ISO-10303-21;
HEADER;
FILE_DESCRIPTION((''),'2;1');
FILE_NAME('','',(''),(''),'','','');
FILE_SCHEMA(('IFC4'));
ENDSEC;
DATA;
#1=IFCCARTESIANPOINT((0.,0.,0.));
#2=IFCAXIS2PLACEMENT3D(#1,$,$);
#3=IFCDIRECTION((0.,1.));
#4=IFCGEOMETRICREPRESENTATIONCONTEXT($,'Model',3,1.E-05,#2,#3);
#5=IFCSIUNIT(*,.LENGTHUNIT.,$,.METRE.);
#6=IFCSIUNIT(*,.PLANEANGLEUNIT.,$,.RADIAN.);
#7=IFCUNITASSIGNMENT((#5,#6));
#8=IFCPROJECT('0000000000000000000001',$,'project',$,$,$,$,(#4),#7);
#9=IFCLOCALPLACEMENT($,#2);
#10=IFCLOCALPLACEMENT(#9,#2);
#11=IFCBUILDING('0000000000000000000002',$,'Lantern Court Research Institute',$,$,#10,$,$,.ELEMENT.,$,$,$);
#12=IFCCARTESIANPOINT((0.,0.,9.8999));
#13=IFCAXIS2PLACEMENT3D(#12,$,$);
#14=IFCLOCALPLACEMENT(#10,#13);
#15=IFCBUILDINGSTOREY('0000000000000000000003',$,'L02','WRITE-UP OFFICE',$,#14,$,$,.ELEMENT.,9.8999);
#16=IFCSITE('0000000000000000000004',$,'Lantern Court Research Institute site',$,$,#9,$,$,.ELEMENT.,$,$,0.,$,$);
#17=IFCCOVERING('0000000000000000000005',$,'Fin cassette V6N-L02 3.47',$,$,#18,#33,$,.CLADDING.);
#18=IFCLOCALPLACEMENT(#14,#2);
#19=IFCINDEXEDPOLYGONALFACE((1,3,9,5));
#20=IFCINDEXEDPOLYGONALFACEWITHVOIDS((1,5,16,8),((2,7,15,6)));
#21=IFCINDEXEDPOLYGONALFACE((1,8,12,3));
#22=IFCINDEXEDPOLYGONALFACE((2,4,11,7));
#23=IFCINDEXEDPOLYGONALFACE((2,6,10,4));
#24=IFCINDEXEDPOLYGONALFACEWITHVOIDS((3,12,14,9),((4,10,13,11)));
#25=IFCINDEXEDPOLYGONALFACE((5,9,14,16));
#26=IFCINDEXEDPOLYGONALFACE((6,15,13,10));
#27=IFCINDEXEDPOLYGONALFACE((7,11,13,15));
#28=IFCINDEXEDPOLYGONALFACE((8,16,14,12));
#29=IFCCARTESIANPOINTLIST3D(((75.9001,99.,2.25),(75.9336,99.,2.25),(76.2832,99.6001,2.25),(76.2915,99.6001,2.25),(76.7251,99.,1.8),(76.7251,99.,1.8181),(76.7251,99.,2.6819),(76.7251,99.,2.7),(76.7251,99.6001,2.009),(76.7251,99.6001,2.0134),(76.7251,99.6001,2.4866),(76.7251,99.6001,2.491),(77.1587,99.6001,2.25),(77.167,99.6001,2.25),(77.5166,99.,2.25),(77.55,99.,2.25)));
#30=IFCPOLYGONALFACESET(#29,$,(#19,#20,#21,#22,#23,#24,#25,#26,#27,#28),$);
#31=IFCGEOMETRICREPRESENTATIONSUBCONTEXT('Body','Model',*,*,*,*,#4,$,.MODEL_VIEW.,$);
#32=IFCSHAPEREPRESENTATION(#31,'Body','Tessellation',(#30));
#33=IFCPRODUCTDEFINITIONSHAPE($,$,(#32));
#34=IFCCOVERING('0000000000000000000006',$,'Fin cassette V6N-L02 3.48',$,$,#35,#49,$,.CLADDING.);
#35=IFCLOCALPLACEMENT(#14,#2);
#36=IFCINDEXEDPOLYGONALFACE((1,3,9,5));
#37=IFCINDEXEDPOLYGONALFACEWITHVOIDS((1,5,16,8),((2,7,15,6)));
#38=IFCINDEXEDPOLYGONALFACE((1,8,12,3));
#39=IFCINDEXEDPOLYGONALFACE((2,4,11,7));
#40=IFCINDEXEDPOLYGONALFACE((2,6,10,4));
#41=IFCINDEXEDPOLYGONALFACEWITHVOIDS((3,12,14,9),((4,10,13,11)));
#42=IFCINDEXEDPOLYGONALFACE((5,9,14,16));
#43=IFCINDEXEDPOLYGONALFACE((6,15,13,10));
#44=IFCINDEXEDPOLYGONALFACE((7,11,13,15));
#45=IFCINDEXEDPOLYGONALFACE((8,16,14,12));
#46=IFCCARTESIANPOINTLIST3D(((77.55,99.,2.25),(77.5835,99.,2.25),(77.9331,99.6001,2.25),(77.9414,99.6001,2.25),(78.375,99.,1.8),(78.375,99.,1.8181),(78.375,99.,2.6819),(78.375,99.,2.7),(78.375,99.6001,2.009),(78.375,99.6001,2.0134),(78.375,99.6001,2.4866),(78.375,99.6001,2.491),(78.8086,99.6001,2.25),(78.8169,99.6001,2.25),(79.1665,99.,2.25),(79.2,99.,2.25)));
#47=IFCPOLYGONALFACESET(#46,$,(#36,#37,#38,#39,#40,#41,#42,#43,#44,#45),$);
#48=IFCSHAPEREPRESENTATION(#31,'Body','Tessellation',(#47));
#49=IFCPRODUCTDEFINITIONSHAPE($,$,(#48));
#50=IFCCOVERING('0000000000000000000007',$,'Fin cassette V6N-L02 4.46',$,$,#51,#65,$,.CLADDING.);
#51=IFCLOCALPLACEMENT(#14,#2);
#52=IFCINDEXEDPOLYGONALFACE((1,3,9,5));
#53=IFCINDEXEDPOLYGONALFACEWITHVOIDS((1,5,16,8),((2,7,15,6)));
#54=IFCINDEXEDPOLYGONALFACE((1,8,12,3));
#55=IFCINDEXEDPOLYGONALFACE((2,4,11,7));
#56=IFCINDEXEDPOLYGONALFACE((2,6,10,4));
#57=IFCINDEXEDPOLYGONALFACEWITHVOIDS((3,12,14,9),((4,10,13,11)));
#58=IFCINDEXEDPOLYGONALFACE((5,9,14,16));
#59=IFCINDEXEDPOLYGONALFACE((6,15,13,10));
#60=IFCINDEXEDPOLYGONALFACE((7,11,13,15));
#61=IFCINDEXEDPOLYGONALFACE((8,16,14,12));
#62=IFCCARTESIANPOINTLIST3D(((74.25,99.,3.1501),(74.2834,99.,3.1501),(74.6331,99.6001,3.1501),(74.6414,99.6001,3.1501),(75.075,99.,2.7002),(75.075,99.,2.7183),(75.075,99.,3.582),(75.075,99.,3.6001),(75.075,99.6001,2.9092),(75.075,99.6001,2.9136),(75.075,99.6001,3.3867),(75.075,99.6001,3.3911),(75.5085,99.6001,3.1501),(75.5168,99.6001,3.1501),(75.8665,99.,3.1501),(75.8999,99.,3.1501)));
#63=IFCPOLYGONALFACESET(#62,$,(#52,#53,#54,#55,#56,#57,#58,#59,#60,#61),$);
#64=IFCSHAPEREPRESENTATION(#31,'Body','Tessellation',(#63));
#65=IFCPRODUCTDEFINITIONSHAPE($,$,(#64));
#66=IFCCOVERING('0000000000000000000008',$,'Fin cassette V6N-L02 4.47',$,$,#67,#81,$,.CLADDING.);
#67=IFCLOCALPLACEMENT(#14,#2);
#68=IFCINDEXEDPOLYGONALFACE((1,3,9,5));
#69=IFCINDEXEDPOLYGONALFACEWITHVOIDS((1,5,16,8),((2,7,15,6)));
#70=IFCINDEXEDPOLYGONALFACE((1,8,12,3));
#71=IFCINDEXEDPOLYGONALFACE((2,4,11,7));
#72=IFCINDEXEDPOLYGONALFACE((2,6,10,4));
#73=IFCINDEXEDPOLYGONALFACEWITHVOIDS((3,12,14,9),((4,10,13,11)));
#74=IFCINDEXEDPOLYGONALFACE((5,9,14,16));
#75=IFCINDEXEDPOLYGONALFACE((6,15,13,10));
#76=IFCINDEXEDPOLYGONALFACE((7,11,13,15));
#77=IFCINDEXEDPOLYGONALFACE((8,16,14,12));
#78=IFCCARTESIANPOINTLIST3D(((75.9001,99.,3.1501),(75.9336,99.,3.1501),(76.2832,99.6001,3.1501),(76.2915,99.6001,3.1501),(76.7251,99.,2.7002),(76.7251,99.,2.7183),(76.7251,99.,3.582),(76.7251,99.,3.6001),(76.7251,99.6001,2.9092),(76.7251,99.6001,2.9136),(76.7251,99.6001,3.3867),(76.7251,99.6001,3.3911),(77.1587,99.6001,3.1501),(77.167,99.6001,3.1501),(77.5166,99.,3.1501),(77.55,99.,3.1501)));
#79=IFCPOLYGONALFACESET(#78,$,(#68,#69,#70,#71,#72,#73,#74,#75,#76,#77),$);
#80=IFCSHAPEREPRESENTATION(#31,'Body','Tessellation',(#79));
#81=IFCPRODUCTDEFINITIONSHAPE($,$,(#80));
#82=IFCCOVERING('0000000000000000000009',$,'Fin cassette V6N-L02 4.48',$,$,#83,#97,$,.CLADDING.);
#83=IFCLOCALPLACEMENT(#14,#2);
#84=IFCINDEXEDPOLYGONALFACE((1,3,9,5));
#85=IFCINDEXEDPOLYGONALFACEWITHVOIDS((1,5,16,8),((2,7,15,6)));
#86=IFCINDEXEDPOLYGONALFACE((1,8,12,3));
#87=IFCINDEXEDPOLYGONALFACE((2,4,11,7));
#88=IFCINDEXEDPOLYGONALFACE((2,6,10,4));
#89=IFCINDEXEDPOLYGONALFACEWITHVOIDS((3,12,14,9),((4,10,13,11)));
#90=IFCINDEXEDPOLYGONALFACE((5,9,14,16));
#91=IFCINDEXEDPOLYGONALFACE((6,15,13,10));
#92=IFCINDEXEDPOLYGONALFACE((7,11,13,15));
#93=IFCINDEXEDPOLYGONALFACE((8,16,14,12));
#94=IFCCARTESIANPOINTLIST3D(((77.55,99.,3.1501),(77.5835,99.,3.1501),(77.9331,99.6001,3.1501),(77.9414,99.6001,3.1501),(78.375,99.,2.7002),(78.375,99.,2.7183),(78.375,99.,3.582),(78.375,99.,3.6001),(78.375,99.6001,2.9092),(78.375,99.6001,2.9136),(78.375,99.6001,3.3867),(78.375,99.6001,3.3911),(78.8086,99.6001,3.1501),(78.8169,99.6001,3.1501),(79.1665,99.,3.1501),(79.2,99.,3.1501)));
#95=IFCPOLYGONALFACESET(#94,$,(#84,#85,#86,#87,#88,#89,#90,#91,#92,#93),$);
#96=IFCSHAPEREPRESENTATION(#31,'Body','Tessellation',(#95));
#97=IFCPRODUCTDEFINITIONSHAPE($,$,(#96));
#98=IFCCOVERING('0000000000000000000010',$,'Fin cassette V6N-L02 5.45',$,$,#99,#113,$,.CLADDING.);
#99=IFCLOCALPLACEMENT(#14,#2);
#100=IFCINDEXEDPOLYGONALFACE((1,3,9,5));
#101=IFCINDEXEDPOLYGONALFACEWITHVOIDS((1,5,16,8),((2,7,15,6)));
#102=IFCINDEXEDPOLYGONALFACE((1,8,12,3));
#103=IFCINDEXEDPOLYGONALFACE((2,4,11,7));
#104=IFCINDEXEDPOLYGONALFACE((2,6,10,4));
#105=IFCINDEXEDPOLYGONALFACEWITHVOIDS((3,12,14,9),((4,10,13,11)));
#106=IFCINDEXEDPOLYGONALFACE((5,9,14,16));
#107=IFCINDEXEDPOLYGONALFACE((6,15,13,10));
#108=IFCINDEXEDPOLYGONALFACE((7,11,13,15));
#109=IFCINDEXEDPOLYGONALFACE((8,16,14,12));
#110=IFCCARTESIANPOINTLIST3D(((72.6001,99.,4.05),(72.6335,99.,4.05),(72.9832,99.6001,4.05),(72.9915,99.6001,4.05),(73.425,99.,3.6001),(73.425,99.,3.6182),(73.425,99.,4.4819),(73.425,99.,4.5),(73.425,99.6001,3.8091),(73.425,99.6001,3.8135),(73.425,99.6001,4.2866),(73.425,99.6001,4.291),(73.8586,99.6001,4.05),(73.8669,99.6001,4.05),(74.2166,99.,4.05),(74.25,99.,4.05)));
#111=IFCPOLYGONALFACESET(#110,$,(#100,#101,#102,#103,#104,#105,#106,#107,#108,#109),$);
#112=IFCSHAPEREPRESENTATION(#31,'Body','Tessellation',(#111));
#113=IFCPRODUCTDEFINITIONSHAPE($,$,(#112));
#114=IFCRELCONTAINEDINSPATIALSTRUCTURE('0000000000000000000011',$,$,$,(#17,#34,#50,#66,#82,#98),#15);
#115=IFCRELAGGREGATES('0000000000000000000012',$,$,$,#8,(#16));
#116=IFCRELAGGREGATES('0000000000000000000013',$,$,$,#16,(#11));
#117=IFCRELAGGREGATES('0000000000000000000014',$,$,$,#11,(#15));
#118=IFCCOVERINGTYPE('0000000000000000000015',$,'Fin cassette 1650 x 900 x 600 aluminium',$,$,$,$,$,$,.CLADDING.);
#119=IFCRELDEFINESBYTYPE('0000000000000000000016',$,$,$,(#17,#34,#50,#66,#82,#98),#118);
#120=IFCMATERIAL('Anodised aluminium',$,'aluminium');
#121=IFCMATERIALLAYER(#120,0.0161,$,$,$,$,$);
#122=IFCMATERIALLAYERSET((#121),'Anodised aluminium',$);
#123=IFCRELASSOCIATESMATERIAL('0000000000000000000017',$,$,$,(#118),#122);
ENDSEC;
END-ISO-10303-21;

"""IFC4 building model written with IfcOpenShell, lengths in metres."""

from ifc_helpers import new_model, entity, si_unit, direction, frame, origin, place, context, subcontext, project, spatial, material, layer, layer_set, type_object, element, save


model = new_model("IFC4")

# Units and contexts
model_context = context("Model", 3, precision=1e-05, world=origin(), true_north=direction((0.0, 1.0)))
body_context = subcontext(model_context, "Body", "Model", "MODEL_VIEW")
ifc_project = project(units=[si_unit("LENGTHUNIT", "METRE"), si_unit("PLANEANGLEUNIT", "RADIAN")], contexts=[model_context])

# Site, building, storey
site_placement = place(None, origin())
site = spatial("IfcSite", under=ifc_project, at=site_placement, Name="Lantern Court Research Institute site", CompositionType="ELEMENT", RefElevation=0.0)
building_placement = place(site_placement, origin())
building = spatial("IfcBuilding", under=site, at=building_placement, Name="Lantern Court Research Institute", CompositionType="ELEMENT")
storey_placement = place(building_placement, frame((0.0, 0.0, 9.8999)))
storey = spatial("IfcBuildingStorey", under=building, at=storey_placement, Name="L02", Description="WRITE-UP OFFICE", CompositionType="ELEMENT", Elevation=9.8999)

# Coverings
ifc_material_1 = material(Name="Anodised aluminium", Category="aluminium")
ifc_layer = layer(ifc_material_1, 0.0161)
ifc_layer_set = layer_set([ifc_layer], Name="Anodised aluminium")
covering_type = type_object("IfcCoveringType", Name="Fin cassette 1650 x 900 x 600 aluminium", PredefinedType="CLADDING", material=ifc_layer_set)
covering_1_placement = place(storey_placement, frame((76.7251, 99.0, 2.25), z_axis=(0.0, 1.0, 0.0), x_axis=(-1.0, 0.0, 0.0)))
cartesian_point_1 = entity("IfcCartesianPoint", [0.825, 0.0])
cartesian_point_2 = entity("IfcCartesianPoint", [0.7915, 0.0])
cartesian_point_3 = entity("IfcCartesianPoint", [0.4419, 0.0])
cartesian_point_4 = entity("IfcCartesianPoint", [0.4336, 0.0])
element("IfcCovering", 1, at=covering_1_placement, inside=storey, type_object=covering_type, Name="Fin cassette V6N-L02 3.47", PredefinedType="CLADDING", context=body_context, shape_type="SweptSolid", body=[
    entity("IfcExtrudedAreaSolidTapered", entity("IfcArbitraryProfileDefWithVoids", "AREA", None, entity("IfcPolyline", [cartesian_point_1, entity("IfcCartesianPoint", [0.0, 0.45]), entity("IfcCartesianPoint", [-0.825, 0.0]), entity("IfcCartesianPoint", [0.0, -0.45]), cartesian_point_1]), [entity("IfcPolyline", [cartesian_point_2, entity("IfcCartesianPoint", [0.0, 0.4319]), entity("IfcCartesianPoint", [-0.7915, 0.0]), entity("IfcCartesianPoint", [0.0, -0.4319]), cartesian_point_2])]), entity("IfcAxis2Placement3D", entity("IfcCartesianPoint", [0.0, 0.0, 0.0])), entity("IfcDirection", [0.0, 0.0, 1.0]), 0.6001, entity("IfcArbitraryProfileDefWithVoids", "AREA", None, entity("IfcPolyline", [cartesian_point_3, entity("IfcCartesianPoint", [0.0, 0.241]), entity("IfcCartesianPoint", [-0.4419, 0.0]), entity("IfcCartesianPoint", [0.0, -0.241]), cartesian_point_3]), [entity("IfcPolyline", [cartesian_point_4, entity("IfcCartesianPoint", [0.0, 0.2366]), entity("IfcCartesianPoint", [-0.4336, 0.0]), entity("IfcCartesianPoint", [0.0, -0.2366]), cartesian_point_4])])),
])
covering_2_placement = place(storey_placement, frame((78.375, 99.0, 2.25), z_axis=(0.0, 1.0, 0.0), x_axis=(-1.0, 0.0, 0.0)))
cartesian_point_5 = entity("IfcCartesianPoint", [0.825, 0.0])
cartesian_point_6 = entity("IfcCartesianPoint", [0.7915, 0.0])
cartesian_point_7 = entity("IfcCartesianPoint", [0.4419, 0.0])
cartesian_point_8 = entity("IfcCartesianPoint", [0.4336, 0.0])
element("IfcCovering", 2, at=covering_2_placement, inside=storey, type_object=covering_type, Name="Fin cassette V6N-L02 3.48", PredefinedType="CLADDING", context=body_context, shape_type="SweptSolid", body=[
    entity("IfcExtrudedAreaSolidTapered", entity("IfcArbitraryProfileDefWithVoids", "AREA", None, entity("IfcPolyline", [cartesian_point_5, entity("IfcCartesianPoint", [0.0, 0.45]), entity("IfcCartesianPoint", [-0.825, 0.0]), entity("IfcCartesianPoint", [0.0, -0.45]), cartesian_point_5]), [entity("IfcPolyline", [cartesian_point_6, entity("IfcCartesianPoint", [0.0, 0.4319]), entity("IfcCartesianPoint", [-0.7915, 0.0]), entity("IfcCartesianPoint", [0.0, -0.4319]), cartesian_point_6])]), entity("IfcAxis2Placement3D", entity("IfcCartesianPoint", [0.0, 0.0, 0.0])), entity("IfcDirection", [0.0, 0.0, 1.0]), 0.6001, entity("IfcArbitraryProfileDefWithVoids", "AREA", None, entity("IfcPolyline", [cartesian_point_7, entity("IfcCartesianPoint", [0.0, 0.241]), entity("IfcCartesianPoint", [-0.4419, 0.0]), entity("IfcCartesianPoint", [0.0, -0.241]), cartesian_point_7]), [entity("IfcPolyline", [cartesian_point_8, entity("IfcCartesianPoint", [0.0, 0.2366]), entity("IfcCartesianPoint", [-0.4336, 0.0]), entity("IfcCartesianPoint", [0.0, -0.2366]), cartesian_point_8])])),
])
covering_3_placement = place(storey_placement, frame((75.075, 99.0, 3.1501), z_axis=(0.0, 1.0, 0.0), x_axis=(-1.0, 0.0, 0.0)))
cartesian_point_9 = entity("IfcCartesianPoint", [0.825, 0.0])
cartesian_point_10 = entity("IfcCartesianPoint", [0.7915, 0.0])
cartesian_point_11 = entity("IfcCartesianPoint", [0.4419, 0.0])
cartesian_point_12 = entity("IfcCartesianPoint", [0.4336, 0.0])
element("IfcCovering", 3, at=covering_3_placement, inside=storey, type_object=covering_type, Name="Fin cassette V6N-L02 4.46", PredefinedType="CLADDING", context=body_context, shape_type="SweptSolid", body=[
    entity("IfcExtrudedAreaSolidTapered", entity("IfcArbitraryProfileDefWithVoids", "AREA", None, entity("IfcPolyline", [cartesian_point_9, entity("IfcCartesianPoint", [0.0, 0.45]), entity("IfcCartesianPoint", [-0.825, 0.0]), entity("IfcCartesianPoint", [0.0, -0.45]), cartesian_point_9]), [entity("IfcPolyline", [cartesian_point_10, entity("IfcCartesianPoint", [0.0, 0.4319]), entity("IfcCartesianPoint", [-0.7915, 0.0]), entity("IfcCartesianPoint", [0.0, -0.4319]), cartesian_point_10])]), entity("IfcAxis2Placement3D", entity("IfcCartesianPoint", [0.0, 0.0, 0.0])), entity("IfcDirection", [0.0, 0.0, 1.0]), 0.6001, entity("IfcArbitraryProfileDefWithVoids", "AREA", None, entity("IfcPolyline", [cartesian_point_11, entity("IfcCartesianPoint", [0.0, 0.241]), entity("IfcCartesianPoint", [-0.4419, 0.0]), entity("IfcCartesianPoint", [0.0, -0.241]), cartesian_point_11]), [entity("IfcPolyline", [cartesian_point_12, entity("IfcCartesianPoint", [0.0, 0.2366]), entity("IfcCartesianPoint", [-0.4336, 0.0]), entity("IfcCartesianPoint", [0.0, -0.2366]), cartesian_point_12])])),
])
covering_4_placement = place(storey_placement, frame((76.7251, 99.0, 3.1501), z_axis=(0.0, 1.0, 0.0), x_axis=(-1.0, 0.0, 0.0)))
cartesian_point_13 = entity("IfcCartesianPoint", [0.825, 0.0])
cartesian_point_14 = entity("IfcCartesianPoint", [0.7915, 0.0])
cartesian_point_15 = entity("IfcCartesianPoint", [0.4419, 0.0])
cartesian_point_16 = entity("IfcCartesianPoint", [0.4336, 0.0])
element("IfcCovering", 4, at=covering_4_placement, inside=storey, type_object=covering_type, Name="Fin cassette V6N-L02 4.47", PredefinedType="CLADDING", context=body_context, shape_type="SweptSolid", body=[
    entity("IfcExtrudedAreaSolidTapered", entity("IfcArbitraryProfileDefWithVoids", "AREA", None, entity("IfcPolyline", [cartesian_point_13, entity("IfcCartesianPoint", [0.0, 0.45]), entity("IfcCartesianPoint", [-0.825, 0.0]), entity("IfcCartesianPoint", [0.0, -0.45]), cartesian_point_13]), [entity("IfcPolyline", [cartesian_point_14, entity("IfcCartesianPoint", [0.0, 0.4319]), entity("IfcCartesianPoint", [-0.7915, 0.0]), entity("IfcCartesianPoint", [0.0, -0.4319]), cartesian_point_14])]), entity("IfcAxis2Placement3D", entity("IfcCartesianPoint", [0.0, 0.0, 0.0])), entity("IfcDirection", [0.0, 0.0, 1.0]), 0.6001, entity("IfcArbitraryProfileDefWithVoids", "AREA", None, entity("IfcPolyline", [cartesian_point_15, entity("IfcCartesianPoint", [0.0, 0.241]), entity("IfcCartesianPoint", [-0.4419, 0.0]), entity("IfcCartesianPoint", [0.0, -0.241]), cartesian_point_15]), [entity("IfcPolyline", [cartesian_point_16, entity("IfcCartesianPoint", [0.0, 0.2366]), entity("IfcCartesianPoint", [-0.4336, 0.0]), entity("IfcCartesianPoint", [0.0, -0.2366]), cartesian_point_16])])),
])
covering_5_placement = place(storey_placement, frame((78.375, 99.0, 3.1501), z_axis=(0.0, 1.0, 0.0), x_axis=(-1.0, 0.0, 0.0)))
cartesian_point_17 = entity("IfcCartesianPoint", [0.825, 0.0])
cartesian_point_18 = entity("IfcCartesianPoint", [0.7915, 0.0])
cartesian_point_19 = entity("IfcCartesianPoint", [0.4419, 0.0])
cartesian_point_20 = entity("IfcCartesianPoint", [0.4336, 0.0])
element("IfcCovering", 5, at=covering_5_placement, inside=storey, type_object=covering_type, Name="Fin cassette V6N-L02 4.48", PredefinedType="CLADDING", context=body_context, shape_type="SweptSolid", body=[
    entity("IfcExtrudedAreaSolidTapered", entity("IfcArbitraryProfileDefWithVoids", "AREA", None, entity("IfcPolyline", [cartesian_point_17, entity("IfcCartesianPoint", [0.0, 0.45]), entity("IfcCartesianPoint", [-0.825, 0.0]), entity("IfcCartesianPoint", [0.0, -0.45]), cartesian_point_17]), [entity("IfcPolyline", [cartesian_point_18, entity("IfcCartesianPoint", [0.0, 0.4319]), entity("IfcCartesianPoint", [-0.7915, 0.0]), entity("IfcCartesianPoint", [0.0, -0.4319]), cartesian_point_18])]), entity("IfcAxis2Placement3D", entity("IfcCartesianPoint", [0.0, 0.0, 0.0])), entity("IfcDirection", [0.0, 0.0, 1.0]), 0.6001, entity("IfcArbitraryProfileDefWithVoids", "AREA", None, entity("IfcPolyline", [cartesian_point_19, entity("IfcCartesianPoint", [0.0, 0.241]), entity("IfcCartesianPoint", [-0.4419, 0.0]), entity("IfcCartesianPoint", [0.0, -0.241]), cartesian_point_19]), [entity("IfcPolyline", [cartesian_point_20, entity("IfcCartesianPoint", [0.0, 0.2366]), entity("IfcCartesianPoint", [-0.4336, 0.0]), entity("IfcCartesianPoint", [0.0, -0.2366]), cartesian_point_20])])),
])
covering_6_placement = place(storey_placement, frame((73.425, 99.0, 4.05), z_axis=(0.0, 1.0, 0.0), x_axis=(-1.0, 0.0, 0.0)))
cartesian_point_21 = entity("IfcCartesianPoint", [0.825, 0.0])
cartesian_point_22 = entity("IfcCartesianPoint", [0.7915, 0.0])
cartesian_point_23 = entity("IfcCartesianPoint", [0.4419, 0.0])
cartesian_point_24 = entity("IfcCartesianPoint", [0.4336, 0.0])
element("IfcCovering", 6, at=covering_6_placement, inside=storey, type_object=covering_type, Name="Fin cassette V6N-L02 5.45", PredefinedType="CLADDING", context=body_context, shape_type="SweptSolid", body=[
    entity("IfcExtrudedAreaSolidTapered", entity("IfcArbitraryProfileDefWithVoids", "AREA", None, entity("IfcPolyline", [cartesian_point_21, entity("IfcCartesianPoint", [0.0, 0.45]), entity("IfcCartesianPoint", [-0.825, 0.0]), entity("IfcCartesianPoint", [0.0, -0.45]), cartesian_point_21]), [entity("IfcPolyline", [cartesian_point_22, entity("IfcCartesianPoint", [0.0, 0.4319]), entity("IfcCartesianPoint", [-0.7915, 0.0]), entity("IfcCartesianPoint", [0.0, -0.4319]), cartesian_point_22])]), entity("IfcAxis2Placement3D", entity("IfcCartesianPoint", [0.0, 0.0, 0.0])), entity("IfcDirection", [0.0, 0.0, 1.0]), 0.6001, entity("IfcArbitraryProfileDefWithVoids", "AREA", None, entity("IfcPolyline", [cartesian_point_23, entity("IfcCartesianPoint", [0.0, 0.241]), entity("IfcCartesianPoint", [-0.4419, 0.0]), entity("IfcCartesianPoint", [0.0, -0.241]), cartesian_point_23]), [entity("IfcPolyline", [cartesian_point_24, entity("IfcCartesianPoint", [0.0, 0.2366]), entity("IfcCartesianPoint", [-0.4336, 0.0]), entity("IfcCartesianPoint", [0.0, -0.2366]), cartesian_point_24])])),
])

save(model, "model.ifc")
